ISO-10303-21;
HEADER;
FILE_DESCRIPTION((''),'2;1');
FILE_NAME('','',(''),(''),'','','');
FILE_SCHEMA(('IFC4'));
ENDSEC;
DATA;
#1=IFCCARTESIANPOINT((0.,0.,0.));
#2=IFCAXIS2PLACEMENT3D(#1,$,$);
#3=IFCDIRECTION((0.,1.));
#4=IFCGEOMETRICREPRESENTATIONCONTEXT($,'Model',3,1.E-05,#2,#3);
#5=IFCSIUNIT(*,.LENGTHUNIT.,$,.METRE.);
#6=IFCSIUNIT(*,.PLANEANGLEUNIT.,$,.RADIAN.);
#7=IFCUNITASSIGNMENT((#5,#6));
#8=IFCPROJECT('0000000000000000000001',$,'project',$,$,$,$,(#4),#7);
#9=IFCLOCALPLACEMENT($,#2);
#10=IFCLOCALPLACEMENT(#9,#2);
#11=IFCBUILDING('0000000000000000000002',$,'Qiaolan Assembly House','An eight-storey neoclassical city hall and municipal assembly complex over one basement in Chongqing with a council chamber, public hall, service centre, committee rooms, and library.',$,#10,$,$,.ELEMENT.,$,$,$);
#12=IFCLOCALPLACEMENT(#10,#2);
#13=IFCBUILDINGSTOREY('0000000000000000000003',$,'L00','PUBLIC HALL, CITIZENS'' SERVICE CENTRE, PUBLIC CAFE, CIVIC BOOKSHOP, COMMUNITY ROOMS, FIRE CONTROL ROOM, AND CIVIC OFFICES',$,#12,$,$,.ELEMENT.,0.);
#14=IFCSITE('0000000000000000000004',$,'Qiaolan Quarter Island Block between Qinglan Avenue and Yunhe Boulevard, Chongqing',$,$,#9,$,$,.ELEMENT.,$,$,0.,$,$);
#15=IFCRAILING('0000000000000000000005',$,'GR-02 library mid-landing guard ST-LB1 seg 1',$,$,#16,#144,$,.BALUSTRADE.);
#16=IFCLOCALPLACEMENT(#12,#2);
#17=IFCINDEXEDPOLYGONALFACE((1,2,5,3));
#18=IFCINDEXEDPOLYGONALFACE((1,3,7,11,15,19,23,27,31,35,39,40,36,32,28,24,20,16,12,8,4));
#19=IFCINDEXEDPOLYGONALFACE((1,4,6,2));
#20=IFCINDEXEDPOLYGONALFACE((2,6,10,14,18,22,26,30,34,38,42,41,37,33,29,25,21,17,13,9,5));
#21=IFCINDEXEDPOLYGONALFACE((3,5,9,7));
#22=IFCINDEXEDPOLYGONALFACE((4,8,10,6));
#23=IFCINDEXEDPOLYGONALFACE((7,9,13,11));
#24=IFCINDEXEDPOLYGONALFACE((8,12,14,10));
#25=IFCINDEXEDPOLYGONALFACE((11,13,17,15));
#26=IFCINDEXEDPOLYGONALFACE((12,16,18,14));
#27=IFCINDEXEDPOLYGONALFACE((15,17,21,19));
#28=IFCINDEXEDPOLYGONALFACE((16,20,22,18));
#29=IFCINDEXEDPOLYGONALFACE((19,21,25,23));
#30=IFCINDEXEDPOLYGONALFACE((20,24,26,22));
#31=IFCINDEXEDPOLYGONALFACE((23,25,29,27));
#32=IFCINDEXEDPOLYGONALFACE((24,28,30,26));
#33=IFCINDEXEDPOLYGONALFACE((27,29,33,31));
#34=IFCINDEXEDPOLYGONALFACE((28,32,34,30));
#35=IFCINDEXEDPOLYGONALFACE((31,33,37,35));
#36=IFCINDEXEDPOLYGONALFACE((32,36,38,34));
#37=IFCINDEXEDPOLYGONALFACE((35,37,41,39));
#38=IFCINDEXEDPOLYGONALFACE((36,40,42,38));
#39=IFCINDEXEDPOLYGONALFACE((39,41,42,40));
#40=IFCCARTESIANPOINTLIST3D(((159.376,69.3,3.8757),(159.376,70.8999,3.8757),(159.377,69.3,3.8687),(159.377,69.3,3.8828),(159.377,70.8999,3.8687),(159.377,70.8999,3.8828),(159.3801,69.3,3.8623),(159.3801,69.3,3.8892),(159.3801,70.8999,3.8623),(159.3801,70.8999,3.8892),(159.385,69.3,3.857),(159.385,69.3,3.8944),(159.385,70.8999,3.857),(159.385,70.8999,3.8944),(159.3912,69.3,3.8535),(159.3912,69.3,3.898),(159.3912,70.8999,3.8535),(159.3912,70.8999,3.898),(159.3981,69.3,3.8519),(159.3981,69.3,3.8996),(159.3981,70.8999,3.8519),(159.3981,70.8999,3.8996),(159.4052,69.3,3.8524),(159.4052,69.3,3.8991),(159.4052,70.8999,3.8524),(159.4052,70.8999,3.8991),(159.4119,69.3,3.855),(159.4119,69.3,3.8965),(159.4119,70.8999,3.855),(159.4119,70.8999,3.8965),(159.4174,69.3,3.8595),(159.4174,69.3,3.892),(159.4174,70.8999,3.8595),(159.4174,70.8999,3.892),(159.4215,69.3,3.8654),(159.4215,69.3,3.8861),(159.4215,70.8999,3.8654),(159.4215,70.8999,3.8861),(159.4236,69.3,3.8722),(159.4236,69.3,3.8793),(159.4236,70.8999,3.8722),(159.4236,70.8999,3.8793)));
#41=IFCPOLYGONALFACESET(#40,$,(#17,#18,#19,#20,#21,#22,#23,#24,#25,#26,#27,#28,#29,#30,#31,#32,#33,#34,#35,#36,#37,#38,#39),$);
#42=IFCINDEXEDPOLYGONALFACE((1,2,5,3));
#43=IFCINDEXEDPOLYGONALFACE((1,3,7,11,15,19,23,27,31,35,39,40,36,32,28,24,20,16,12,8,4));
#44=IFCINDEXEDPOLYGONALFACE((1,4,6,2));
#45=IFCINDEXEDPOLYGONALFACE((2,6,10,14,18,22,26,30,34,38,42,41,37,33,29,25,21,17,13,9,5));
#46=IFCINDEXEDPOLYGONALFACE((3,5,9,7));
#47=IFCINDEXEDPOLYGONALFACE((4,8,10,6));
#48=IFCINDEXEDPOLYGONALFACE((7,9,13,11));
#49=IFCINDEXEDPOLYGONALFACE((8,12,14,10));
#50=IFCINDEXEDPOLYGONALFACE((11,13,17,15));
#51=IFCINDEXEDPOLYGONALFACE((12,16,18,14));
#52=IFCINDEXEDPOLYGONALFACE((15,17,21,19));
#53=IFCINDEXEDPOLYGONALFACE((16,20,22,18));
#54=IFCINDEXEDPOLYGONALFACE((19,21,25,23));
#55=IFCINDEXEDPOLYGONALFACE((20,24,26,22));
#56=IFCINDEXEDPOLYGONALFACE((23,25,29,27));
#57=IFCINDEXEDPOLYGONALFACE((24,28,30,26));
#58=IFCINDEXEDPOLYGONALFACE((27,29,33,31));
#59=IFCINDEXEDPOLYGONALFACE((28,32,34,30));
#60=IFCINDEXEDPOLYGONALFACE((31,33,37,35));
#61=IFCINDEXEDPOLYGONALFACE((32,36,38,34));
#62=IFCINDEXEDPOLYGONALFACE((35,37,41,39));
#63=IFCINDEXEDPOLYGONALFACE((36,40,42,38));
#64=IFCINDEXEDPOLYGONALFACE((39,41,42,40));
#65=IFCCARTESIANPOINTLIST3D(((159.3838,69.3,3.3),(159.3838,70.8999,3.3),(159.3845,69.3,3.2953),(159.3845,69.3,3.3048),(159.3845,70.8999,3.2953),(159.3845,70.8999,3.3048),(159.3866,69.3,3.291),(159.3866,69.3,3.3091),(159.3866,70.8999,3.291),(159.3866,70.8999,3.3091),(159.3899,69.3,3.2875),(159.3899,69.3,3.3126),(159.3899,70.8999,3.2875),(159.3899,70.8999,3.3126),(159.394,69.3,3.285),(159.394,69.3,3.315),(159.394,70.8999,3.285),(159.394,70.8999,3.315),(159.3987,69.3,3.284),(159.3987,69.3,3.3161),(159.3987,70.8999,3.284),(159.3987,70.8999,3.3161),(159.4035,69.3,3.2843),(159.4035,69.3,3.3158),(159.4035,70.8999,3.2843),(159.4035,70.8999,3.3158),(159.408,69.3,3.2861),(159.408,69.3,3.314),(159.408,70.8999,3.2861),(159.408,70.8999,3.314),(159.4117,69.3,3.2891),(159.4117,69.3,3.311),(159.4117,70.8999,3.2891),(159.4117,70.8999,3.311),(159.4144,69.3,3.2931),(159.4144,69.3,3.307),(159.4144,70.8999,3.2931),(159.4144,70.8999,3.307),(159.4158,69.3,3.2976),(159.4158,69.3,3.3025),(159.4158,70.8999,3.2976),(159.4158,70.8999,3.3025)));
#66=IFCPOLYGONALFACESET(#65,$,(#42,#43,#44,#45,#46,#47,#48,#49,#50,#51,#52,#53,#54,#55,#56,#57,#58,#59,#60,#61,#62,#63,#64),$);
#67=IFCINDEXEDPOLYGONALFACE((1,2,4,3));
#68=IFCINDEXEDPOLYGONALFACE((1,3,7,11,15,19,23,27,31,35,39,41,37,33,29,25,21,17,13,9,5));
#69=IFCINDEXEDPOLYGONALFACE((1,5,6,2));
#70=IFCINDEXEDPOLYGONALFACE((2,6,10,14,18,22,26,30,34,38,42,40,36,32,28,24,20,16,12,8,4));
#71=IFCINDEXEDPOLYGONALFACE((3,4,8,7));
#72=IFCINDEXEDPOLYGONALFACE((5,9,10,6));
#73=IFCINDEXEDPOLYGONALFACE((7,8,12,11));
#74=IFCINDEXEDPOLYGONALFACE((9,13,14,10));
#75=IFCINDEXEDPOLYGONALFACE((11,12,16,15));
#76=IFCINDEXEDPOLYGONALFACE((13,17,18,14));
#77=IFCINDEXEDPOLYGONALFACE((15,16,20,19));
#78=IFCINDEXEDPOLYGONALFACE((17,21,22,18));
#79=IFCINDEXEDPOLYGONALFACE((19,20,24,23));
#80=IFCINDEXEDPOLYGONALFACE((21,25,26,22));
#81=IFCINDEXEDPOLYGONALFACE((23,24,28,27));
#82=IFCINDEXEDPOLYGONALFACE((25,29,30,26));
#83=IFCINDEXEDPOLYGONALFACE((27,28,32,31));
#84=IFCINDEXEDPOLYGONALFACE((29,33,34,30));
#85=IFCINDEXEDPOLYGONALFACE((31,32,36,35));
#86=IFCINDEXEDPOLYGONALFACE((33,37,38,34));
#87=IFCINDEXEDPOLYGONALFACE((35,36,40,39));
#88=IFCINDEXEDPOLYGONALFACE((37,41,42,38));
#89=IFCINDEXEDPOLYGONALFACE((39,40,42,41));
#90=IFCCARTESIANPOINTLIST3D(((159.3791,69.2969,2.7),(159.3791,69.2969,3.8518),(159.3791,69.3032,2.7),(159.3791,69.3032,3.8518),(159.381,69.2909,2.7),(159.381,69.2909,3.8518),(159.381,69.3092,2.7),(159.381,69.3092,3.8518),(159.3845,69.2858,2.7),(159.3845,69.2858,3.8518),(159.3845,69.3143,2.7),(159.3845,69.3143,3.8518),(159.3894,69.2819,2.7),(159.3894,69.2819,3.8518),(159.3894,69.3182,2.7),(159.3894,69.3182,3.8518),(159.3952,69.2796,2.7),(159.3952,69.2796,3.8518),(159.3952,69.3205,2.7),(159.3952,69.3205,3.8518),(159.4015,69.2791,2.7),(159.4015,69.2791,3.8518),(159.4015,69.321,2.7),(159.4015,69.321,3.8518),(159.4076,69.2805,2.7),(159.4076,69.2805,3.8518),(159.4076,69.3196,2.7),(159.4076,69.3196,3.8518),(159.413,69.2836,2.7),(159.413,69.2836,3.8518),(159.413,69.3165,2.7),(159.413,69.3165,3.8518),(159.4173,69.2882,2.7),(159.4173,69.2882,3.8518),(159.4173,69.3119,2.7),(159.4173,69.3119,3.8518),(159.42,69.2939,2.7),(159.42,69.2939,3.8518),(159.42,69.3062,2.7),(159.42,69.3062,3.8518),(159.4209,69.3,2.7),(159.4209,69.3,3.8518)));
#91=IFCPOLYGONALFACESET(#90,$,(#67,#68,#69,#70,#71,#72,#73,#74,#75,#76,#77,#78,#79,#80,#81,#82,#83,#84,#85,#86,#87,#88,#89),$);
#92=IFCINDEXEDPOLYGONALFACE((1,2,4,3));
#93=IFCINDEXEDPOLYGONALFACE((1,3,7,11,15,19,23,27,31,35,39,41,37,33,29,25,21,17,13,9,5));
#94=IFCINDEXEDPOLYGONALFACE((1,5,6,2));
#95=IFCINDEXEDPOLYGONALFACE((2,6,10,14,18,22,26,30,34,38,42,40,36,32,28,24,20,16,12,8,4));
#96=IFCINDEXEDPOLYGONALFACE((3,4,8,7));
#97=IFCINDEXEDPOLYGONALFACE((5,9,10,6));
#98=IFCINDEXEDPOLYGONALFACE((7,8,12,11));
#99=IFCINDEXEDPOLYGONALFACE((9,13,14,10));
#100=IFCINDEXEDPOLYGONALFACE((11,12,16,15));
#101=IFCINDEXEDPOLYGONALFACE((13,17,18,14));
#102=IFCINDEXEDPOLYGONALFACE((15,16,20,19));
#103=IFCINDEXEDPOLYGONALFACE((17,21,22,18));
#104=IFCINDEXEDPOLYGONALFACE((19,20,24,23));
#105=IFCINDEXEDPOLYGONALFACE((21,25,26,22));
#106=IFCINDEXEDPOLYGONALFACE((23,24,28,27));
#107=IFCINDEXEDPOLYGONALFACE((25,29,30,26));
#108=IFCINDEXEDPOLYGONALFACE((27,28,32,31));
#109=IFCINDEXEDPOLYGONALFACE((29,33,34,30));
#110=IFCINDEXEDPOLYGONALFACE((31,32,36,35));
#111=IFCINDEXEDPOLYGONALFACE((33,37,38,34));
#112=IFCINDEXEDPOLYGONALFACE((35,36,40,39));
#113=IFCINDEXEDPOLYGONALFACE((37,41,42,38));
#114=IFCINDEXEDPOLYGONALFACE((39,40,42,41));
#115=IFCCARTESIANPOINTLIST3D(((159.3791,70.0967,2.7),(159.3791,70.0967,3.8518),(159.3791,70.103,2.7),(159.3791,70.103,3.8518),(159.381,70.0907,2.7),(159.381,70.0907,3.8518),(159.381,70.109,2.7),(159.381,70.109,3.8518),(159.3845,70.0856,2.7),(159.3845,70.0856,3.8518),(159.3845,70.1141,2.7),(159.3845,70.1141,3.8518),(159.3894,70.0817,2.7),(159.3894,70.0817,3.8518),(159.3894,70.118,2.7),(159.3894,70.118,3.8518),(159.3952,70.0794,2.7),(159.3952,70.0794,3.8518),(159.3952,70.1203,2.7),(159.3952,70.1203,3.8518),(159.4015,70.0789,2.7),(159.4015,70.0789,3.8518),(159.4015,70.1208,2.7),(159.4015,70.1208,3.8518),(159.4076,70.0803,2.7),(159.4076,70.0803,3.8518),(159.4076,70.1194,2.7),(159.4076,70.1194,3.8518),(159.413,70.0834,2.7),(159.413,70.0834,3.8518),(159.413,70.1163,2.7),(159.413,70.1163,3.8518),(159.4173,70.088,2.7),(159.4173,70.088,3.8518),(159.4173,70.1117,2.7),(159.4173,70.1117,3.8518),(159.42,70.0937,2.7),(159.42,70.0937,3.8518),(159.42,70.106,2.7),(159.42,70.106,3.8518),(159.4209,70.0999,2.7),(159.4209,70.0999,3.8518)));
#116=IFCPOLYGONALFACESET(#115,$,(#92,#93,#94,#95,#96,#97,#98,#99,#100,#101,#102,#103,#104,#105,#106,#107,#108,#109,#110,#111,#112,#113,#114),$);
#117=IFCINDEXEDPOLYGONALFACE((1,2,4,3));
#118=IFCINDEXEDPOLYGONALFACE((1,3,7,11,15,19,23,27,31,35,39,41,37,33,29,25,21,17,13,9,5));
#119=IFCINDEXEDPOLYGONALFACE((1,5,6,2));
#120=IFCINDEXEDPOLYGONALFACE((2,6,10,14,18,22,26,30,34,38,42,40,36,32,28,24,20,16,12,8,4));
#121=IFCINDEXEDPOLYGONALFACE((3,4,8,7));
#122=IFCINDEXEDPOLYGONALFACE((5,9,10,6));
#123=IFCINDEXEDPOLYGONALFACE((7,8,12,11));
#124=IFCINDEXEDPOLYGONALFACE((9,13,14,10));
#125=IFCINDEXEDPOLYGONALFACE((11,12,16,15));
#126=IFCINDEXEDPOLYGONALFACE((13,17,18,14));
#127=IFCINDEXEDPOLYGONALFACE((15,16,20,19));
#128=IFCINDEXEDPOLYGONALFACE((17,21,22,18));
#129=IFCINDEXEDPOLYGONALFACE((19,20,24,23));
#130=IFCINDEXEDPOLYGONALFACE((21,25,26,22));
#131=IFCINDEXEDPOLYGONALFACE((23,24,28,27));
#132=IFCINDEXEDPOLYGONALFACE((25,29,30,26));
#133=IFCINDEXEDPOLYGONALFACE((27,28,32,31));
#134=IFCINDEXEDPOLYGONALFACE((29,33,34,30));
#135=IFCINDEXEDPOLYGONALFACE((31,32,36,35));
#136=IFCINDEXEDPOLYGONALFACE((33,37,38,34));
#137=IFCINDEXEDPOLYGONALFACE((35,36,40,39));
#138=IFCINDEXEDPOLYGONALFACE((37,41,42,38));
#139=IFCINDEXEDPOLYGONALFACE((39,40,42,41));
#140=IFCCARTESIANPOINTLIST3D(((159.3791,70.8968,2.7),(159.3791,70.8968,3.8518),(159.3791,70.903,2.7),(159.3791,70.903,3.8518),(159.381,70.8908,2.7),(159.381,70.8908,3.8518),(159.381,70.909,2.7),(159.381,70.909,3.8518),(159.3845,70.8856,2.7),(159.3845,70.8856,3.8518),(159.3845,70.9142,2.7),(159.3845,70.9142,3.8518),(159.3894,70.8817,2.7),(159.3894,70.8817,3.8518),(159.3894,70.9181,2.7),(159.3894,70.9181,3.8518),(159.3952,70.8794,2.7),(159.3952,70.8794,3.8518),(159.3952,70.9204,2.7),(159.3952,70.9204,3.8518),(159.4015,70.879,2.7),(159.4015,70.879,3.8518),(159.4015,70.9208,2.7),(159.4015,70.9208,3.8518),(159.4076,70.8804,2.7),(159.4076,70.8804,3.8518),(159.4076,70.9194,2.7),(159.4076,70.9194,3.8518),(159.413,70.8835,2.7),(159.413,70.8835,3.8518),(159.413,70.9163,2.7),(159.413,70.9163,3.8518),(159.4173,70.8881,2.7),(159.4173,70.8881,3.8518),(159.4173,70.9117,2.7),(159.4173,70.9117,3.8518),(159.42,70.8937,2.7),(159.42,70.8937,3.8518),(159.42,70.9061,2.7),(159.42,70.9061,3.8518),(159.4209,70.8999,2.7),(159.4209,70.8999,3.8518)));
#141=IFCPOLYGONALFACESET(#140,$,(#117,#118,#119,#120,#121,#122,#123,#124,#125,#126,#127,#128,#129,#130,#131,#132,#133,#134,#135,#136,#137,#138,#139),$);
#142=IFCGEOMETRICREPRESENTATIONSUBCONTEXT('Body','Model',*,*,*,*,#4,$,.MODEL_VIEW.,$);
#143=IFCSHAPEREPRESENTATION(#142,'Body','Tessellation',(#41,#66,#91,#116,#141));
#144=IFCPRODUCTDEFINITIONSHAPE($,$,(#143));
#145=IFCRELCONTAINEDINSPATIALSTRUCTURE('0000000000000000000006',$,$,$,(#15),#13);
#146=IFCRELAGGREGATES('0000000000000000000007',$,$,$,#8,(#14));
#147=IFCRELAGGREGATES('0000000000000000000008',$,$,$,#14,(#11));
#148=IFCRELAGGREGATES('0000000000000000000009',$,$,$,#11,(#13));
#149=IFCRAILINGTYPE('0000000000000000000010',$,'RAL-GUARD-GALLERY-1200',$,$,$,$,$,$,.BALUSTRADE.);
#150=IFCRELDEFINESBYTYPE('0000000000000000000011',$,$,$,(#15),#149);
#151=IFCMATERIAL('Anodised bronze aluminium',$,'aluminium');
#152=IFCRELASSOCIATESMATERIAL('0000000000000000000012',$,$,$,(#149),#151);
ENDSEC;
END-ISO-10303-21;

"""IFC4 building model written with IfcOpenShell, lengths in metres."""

from ifc_helpers import new_model, si_unit, direction, frame, origin, origin_2d, place, context, subcontext, project, spatial, circle, extrude, material, type_object, element, save


model = new_model("IFC4")

# Units and contexts
model_context = context("Model", 3, precision=1e-05, world=origin(), true_north=direction((0.0, 1.0)))
body_context = subcontext(model_context, "Body", "Model", "MODEL_VIEW")
ifc_project = project(units=[si_unit("LENGTHUNIT", "METRE"), si_unit("PLANEANGLEUNIT", "RADIAN")], contexts=[model_context])

# Site, building, storey
site_placement = place(None, origin())
site = spatial("IfcSite", under=ifc_project, at=site_placement, Name="Qiaolan Quarter Island Block between Qinglan Avenue and Yunhe Boulevard, Chongqing", CompositionType="ELEMENT", RefElevation=0.0)
building_placement = place(site_placement, origin())
building = spatial("IfcBuilding", under=site, at=building_placement, Name="Qiaolan Assembly House", Description="An eight-storey neoclassical city hall and municipal assembly complex over one basement in Chongqing with a council chamber, public hall, service centre, committee rooms, and library.", CompositionType="ELEMENT")
storey_placement = place(building_placement, origin())
storey = spatial("IfcBuildingStorey", under=building, at=storey_placement, Name="L00", Description="PUBLIC HALL, CITIZENS' SERVICE CENTRE, PUBLIC CAFE, CIVIC BOOKSHOP, COMMUNITY ROOMS, FIRE CONTROL ROOM, AND CIVIC OFFICES", CompositionType="ELEMENT", Elevation=0.0)

# Railing
ifc_material_1 = material(Name="Anodised bronze aluminium", Category="aluminium")
railing_type = type_object("IfcRailingType", Name="RAL-GUARD-GALLERY-1200", PredefinedType="BALUSTRADE", material=ifc_material_1)
railing_1_placement = place(storey_placement, frame((159.3999, 69.3, 2.7)))
element("IfcRailing", 1, at=railing_1_placement, inside=storey, type_object=railing_type, Name="GR-02 library mid-landing guard ST-LB1 seg 1", PredefinedType="BALUSTRADE", context=body_context, shape_type="SweptSolid", body=[
    extrude(circle(Radius=0.0239, at=origin_2d()), frame((0.0, 0.0, 1.1758), z_axis=(0.0, 1.0, 0.0), x_axis=(-1.0, 0.0, 0.0)), (0.0, 0.0, 1.0), 1.5999),
    extrude(circle(Radius=0.0161, at=origin_2d()), frame((0.0, 0.0, 0.6001), z_axis=(0.0, 1.0, 0.0), x_axis=(-1.0, 0.0, 0.0)), (0.0, 0.0, 1.0), 1.5999),
    extrude(circle(Radius=0.021, at=origin_2d()), origin(), (0.0, 0.0, 1.0), 1.1519),
    extrude(circle(Radius=0.021, at=origin_2d()), frame((0.0, 0.7998, 0.0)), (0.0, 0.0, 1.0), 1.1519),
    extrude(circle(Radius=0.021, at=origin_2d()), frame((0.0, 1.5999, 0.0)), (0.0, 0.0, 1.0), 1.1519),
])

save(model, "model.ifc")
